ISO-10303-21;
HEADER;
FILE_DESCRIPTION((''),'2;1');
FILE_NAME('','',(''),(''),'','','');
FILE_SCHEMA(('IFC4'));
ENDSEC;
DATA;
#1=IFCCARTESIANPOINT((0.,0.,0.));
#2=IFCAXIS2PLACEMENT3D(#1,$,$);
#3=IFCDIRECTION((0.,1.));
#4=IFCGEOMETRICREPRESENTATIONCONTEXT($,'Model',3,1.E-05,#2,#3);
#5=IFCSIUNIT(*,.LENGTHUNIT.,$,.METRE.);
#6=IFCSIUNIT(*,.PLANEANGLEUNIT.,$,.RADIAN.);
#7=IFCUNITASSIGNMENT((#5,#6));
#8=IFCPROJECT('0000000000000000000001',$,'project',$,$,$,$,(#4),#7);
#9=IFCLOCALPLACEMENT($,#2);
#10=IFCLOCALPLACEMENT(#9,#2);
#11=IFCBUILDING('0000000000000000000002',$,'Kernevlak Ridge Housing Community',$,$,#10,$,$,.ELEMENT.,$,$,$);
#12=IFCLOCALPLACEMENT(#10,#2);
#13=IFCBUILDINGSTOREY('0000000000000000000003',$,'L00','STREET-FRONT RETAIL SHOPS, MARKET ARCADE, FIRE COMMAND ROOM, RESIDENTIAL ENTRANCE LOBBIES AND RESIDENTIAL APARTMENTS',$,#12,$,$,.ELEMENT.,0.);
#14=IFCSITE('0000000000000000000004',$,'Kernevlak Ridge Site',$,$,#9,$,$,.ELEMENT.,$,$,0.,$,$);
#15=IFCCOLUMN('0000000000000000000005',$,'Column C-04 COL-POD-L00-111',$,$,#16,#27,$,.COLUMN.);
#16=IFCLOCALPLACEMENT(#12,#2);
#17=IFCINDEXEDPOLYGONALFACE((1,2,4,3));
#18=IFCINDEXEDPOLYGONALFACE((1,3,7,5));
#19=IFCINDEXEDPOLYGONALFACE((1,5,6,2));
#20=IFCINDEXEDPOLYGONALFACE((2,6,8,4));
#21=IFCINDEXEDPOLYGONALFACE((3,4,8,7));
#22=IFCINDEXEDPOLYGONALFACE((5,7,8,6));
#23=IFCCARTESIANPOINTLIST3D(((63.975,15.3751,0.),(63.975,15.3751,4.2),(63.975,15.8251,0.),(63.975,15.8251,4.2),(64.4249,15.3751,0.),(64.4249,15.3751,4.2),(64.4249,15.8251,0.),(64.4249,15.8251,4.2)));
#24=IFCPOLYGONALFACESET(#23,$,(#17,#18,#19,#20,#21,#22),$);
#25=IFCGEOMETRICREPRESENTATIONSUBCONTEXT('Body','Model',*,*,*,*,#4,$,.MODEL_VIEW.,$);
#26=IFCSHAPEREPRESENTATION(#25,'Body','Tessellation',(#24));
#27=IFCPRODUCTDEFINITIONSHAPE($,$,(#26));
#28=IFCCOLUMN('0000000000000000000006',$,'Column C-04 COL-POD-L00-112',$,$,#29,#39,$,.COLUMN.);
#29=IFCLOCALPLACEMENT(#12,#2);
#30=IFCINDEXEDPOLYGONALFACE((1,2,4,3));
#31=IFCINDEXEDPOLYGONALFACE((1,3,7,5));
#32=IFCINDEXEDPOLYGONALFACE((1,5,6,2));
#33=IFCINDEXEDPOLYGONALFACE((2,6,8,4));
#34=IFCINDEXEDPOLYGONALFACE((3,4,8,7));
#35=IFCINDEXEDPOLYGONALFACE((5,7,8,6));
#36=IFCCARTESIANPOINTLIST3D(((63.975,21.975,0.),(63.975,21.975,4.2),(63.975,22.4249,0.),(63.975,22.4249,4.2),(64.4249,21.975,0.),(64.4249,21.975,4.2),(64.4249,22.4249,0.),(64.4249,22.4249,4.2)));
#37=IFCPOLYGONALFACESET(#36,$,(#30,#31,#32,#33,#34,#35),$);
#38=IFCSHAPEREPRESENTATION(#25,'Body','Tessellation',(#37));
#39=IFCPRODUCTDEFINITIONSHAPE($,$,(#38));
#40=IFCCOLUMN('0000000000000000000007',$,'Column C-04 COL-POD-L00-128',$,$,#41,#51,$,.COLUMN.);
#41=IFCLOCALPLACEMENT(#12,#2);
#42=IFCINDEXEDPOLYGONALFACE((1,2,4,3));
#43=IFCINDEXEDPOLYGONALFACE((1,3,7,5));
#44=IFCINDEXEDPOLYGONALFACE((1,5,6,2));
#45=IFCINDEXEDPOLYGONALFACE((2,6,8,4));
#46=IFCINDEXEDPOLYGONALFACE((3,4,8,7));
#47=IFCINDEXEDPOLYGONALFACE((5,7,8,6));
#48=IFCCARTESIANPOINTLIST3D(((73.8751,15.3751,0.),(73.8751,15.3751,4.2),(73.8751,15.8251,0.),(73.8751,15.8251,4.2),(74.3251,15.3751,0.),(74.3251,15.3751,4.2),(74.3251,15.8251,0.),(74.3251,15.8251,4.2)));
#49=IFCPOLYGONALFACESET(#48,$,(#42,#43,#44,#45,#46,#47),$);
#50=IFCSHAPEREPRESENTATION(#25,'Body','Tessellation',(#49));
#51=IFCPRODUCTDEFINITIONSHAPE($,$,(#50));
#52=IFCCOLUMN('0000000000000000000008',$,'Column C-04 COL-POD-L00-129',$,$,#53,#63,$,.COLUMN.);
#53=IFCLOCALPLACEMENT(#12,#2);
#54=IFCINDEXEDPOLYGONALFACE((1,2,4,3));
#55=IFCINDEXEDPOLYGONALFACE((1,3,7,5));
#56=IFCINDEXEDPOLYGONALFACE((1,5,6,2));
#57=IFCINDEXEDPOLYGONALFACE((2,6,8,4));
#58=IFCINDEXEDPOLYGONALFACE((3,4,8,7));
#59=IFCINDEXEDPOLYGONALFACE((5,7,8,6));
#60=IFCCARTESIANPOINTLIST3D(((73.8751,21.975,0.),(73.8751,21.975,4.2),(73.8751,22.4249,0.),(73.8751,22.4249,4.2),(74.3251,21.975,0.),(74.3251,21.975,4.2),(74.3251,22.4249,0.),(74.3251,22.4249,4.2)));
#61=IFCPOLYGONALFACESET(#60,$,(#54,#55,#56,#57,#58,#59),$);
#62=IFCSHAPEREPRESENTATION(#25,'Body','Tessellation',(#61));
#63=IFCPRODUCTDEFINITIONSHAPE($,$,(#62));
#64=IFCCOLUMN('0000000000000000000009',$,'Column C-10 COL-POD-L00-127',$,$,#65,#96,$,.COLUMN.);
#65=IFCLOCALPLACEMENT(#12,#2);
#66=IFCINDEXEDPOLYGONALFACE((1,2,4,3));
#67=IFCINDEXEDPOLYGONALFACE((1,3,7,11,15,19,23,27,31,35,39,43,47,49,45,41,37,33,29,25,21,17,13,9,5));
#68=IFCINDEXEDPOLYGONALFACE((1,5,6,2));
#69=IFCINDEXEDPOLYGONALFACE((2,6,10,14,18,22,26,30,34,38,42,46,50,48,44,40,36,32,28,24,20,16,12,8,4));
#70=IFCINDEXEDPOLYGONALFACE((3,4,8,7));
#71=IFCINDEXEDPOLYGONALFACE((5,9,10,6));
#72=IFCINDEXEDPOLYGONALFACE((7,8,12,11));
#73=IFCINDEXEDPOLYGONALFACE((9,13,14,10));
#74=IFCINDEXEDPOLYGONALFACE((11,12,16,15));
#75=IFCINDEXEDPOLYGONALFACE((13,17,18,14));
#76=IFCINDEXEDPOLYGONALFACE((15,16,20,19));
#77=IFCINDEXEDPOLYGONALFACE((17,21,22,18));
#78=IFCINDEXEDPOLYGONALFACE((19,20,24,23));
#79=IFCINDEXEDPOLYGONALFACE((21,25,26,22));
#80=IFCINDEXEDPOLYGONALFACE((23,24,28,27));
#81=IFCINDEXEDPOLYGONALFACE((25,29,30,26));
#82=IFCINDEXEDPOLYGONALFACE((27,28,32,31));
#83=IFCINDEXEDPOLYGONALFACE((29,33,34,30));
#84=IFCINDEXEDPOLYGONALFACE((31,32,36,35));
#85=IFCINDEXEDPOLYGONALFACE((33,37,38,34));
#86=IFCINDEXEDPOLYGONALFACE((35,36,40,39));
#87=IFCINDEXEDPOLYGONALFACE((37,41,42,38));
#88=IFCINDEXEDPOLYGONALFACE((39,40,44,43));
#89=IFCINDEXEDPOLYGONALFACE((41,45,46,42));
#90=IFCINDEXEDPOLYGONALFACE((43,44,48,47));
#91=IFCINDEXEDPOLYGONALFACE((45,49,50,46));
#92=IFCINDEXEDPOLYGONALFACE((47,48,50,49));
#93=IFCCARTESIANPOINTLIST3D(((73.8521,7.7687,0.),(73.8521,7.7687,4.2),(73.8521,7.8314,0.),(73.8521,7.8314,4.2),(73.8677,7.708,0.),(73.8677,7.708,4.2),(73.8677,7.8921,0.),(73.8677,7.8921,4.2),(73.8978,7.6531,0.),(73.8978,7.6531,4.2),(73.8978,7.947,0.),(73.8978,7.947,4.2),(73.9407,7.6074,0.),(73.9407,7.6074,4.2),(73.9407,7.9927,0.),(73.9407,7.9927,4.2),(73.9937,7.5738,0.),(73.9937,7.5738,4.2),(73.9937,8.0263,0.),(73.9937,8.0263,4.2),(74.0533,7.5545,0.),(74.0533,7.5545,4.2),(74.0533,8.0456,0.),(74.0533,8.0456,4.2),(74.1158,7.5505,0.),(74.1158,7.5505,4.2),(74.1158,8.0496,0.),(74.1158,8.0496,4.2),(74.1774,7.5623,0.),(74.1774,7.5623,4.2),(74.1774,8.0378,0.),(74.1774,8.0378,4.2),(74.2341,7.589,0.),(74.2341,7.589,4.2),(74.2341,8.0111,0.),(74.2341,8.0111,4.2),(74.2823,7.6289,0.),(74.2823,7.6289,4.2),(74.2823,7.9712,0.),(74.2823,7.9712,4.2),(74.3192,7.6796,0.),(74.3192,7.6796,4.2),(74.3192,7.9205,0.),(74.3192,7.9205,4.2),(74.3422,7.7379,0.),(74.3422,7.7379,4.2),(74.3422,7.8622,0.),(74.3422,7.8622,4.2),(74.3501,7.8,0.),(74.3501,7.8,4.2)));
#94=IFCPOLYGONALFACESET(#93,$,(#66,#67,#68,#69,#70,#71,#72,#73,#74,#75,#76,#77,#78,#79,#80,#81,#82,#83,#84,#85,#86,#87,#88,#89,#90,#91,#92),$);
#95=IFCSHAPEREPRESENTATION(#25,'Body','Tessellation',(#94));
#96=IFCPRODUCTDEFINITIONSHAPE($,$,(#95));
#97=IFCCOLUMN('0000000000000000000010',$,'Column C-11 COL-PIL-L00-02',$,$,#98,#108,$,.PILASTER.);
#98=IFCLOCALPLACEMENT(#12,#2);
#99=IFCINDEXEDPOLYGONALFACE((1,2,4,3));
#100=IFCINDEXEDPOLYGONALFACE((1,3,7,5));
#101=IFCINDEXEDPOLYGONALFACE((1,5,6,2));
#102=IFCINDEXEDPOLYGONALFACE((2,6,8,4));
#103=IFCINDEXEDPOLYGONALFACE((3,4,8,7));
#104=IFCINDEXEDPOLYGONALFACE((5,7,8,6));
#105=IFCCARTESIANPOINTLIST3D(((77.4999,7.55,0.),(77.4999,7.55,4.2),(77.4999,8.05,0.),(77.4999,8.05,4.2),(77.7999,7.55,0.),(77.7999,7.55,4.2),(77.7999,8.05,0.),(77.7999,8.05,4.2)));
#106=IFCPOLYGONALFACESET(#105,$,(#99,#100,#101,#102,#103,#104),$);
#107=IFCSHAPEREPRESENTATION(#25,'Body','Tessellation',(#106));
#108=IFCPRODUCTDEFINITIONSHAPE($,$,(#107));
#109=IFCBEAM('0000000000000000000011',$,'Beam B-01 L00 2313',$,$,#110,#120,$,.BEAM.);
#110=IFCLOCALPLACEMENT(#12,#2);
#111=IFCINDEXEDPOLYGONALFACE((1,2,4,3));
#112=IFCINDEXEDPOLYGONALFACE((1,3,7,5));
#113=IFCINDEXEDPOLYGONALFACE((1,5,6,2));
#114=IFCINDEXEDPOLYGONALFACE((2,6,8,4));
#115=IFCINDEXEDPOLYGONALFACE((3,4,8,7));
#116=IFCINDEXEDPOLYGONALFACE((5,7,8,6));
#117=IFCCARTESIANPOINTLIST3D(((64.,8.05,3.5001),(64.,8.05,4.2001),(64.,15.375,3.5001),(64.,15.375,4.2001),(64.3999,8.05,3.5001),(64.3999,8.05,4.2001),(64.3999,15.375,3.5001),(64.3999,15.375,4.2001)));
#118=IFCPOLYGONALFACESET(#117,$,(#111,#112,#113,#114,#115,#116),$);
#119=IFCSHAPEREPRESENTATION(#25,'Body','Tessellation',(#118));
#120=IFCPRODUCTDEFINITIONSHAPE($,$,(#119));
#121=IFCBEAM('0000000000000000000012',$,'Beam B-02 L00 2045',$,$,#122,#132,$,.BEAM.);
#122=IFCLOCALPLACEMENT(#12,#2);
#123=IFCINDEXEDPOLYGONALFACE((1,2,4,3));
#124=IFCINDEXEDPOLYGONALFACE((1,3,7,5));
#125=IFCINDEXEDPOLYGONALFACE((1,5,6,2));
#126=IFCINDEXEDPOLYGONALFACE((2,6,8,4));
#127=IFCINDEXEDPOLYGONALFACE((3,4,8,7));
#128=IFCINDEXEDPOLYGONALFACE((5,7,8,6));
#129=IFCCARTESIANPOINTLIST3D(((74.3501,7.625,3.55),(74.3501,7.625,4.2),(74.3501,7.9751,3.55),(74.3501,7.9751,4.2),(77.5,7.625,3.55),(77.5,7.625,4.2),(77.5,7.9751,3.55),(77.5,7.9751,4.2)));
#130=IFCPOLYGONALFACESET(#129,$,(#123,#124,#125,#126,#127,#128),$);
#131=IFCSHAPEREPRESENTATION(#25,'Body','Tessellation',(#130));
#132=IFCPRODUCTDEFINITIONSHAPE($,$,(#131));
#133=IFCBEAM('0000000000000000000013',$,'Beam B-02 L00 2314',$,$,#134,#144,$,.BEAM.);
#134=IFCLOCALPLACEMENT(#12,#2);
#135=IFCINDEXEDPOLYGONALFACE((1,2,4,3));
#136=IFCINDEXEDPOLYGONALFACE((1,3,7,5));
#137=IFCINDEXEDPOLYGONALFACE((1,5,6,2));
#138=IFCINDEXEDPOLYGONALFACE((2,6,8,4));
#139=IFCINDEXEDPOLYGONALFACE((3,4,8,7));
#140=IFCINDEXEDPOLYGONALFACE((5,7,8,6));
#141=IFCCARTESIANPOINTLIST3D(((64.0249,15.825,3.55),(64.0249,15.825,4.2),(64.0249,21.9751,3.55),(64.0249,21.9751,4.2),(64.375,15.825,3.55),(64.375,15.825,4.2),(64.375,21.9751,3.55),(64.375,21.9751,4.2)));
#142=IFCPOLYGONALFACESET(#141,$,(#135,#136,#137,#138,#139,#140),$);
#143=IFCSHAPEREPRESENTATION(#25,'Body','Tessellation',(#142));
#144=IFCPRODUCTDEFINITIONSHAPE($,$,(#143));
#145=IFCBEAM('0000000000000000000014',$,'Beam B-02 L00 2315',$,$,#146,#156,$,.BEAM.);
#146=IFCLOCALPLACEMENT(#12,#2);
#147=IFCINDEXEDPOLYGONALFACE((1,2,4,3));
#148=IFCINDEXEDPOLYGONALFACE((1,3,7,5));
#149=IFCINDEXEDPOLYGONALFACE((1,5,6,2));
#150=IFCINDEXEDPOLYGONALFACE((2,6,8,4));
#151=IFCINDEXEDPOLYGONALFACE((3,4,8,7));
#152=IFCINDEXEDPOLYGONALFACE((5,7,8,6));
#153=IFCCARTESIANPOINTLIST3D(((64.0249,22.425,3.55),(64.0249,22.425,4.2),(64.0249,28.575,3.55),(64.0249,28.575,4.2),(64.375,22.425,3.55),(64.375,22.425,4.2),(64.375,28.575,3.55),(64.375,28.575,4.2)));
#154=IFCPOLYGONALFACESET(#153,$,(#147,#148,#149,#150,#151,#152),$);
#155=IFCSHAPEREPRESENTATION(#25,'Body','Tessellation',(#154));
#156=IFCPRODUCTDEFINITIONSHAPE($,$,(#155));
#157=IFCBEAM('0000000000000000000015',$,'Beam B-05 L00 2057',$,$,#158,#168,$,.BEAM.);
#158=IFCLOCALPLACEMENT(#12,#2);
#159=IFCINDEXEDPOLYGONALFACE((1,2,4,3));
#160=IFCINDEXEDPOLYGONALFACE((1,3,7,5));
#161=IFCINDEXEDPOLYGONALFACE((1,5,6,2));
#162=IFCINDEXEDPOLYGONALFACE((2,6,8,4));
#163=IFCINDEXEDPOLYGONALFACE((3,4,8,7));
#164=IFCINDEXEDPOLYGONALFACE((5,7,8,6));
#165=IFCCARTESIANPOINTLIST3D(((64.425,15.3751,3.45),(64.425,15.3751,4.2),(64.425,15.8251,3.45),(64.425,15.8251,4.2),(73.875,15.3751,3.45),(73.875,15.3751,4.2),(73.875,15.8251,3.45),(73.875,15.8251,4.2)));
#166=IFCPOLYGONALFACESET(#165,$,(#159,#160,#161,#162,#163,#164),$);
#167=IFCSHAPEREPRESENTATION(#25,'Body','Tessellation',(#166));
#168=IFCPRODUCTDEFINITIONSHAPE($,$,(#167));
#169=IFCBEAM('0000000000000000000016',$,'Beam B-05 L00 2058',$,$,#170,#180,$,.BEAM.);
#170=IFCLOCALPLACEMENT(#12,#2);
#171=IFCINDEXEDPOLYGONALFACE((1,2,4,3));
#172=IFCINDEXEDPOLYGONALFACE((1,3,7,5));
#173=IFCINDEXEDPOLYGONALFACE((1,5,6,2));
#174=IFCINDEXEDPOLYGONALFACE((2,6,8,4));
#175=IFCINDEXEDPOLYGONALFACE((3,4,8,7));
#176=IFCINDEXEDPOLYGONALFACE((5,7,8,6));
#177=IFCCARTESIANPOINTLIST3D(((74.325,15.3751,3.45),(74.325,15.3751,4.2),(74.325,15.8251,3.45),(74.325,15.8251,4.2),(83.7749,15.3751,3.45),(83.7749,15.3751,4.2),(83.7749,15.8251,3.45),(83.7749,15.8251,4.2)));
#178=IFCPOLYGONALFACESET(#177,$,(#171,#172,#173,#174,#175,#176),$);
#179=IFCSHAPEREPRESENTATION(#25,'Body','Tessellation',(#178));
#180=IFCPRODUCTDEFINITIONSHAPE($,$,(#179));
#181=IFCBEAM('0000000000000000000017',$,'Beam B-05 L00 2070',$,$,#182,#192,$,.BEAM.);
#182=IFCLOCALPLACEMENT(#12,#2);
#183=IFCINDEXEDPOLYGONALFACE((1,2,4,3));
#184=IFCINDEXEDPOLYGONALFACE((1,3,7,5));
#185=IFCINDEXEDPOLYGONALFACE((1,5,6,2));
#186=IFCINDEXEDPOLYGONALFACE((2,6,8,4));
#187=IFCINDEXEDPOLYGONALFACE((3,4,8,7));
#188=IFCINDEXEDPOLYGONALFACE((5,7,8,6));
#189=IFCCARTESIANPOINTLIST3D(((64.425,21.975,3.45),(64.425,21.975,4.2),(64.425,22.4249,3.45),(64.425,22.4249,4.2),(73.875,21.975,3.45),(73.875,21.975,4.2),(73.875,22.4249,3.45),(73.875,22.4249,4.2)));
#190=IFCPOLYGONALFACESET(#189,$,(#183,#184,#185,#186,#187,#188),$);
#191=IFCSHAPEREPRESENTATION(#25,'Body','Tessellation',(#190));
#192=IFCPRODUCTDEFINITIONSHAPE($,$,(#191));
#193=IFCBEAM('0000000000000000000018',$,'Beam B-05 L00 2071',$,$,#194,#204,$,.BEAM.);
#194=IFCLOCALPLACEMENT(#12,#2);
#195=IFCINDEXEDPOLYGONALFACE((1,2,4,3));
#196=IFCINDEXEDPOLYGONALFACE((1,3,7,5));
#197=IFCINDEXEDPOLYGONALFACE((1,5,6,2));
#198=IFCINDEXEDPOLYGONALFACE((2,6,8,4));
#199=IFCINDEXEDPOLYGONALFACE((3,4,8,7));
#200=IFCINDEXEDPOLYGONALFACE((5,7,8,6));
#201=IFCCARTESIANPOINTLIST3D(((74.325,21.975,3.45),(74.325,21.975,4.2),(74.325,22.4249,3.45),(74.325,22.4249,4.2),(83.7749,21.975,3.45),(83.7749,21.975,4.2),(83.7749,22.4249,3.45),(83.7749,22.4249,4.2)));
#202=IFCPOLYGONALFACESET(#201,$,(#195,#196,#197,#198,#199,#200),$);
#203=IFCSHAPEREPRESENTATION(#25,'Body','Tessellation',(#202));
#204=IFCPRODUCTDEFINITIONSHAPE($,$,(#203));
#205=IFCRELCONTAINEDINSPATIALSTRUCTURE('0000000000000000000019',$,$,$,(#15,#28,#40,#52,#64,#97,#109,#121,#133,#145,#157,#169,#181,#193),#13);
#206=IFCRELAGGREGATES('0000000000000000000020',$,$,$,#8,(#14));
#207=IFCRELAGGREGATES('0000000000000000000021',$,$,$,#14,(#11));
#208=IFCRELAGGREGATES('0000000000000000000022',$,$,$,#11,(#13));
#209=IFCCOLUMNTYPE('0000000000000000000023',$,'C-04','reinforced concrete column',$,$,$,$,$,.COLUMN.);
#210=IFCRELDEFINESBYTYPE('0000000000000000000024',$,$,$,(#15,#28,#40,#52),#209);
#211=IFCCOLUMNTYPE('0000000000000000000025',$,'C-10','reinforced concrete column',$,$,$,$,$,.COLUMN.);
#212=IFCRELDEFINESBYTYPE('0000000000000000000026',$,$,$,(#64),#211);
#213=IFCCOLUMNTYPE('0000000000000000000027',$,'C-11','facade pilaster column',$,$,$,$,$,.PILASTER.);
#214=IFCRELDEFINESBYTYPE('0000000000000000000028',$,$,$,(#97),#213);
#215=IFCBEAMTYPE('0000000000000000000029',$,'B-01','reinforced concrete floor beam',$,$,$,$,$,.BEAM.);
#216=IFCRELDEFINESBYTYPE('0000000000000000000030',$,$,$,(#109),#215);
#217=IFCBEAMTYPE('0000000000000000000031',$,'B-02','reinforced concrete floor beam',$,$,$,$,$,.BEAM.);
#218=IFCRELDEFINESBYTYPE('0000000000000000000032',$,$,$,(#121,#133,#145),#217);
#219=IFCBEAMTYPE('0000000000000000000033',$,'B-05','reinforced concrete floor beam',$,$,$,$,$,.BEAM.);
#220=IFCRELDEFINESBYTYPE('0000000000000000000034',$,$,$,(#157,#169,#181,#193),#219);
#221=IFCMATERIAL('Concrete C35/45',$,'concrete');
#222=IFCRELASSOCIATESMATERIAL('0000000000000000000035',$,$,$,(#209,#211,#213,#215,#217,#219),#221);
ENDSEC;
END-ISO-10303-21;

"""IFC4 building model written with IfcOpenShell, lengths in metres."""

from ifc_helpers import new_model, si_unit, direction, frame, origin, origin_2d, place, context, subcontext, project, spatial, rectangle, circle, extrude, material, material_profile, profile_set, type_object, element, save


model = new_model("IFC4")

# Units and contexts
model_context = context("Model", 3, precision=1e-05, world=origin(), true_north=direction((0.0, 1.0)))
body_context = subcontext(model_context, "Body", "Model", "MODEL_VIEW")
ifc_project = project(units=[si_unit("LENGTHUNIT", "METRE"), si_unit("PLANEANGLEUNIT", "RADIAN")], contexts=[model_context])

# Site, building, storey
site_placement = place(None, origin())
site = spatial("IfcSite", under=ifc_project, at=site_placement, Name="Kernevlak Ridge Site", CompositionType="ELEMENT", RefElevation=0.0)
building_placement = place(site_placement, origin())
building = spatial("IfcBuilding", under=site, at=building_placement, Name="Kernevlak Ridge Housing Community", CompositionType="ELEMENT")
storey_placement = place(building_placement, origin())
storey = spatial("IfcBuildingStorey", under=building, at=storey_placement, Name="L00", Description="STREET-FRONT RETAIL SHOPS, MARKET ARCADE, FIRE COMMAND ROOM, RESIDENTIAL ENTRANCE LOBBIES AND RESIDENTIAL APARTMENTS", CompositionType="ELEMENT", Elevation=0.0)

# Columns
ifc_material_1 = material(Name="Concrete C35/45", Category="concrete")
ifc_material_profile_1 = material_profile(ifc_material_1, rectangle(XDim=0.45, YDim=0.45, at=origin_2d()), Name="RC 450x450")
ifc_profile_set_1 = profile_set([ifc_material_profile_1], Name="Concrete C35/45")
column_type_1 = type_object("IfcColumnType", Name="C-04", Description="reinforced concrete column", PredefinedType="COLUMN", material=ifc_profile_set_1)
for number, where, z_axis, x_axis, name in (
    (1, (64.2, 15.6001, 0.0), (0.0, 0.0, 1.0), (1.0, 0.0, 0.0), "Column C-04 COL-POD-L00-111"),
    (2, (64.2, 22.2, 0.0), (0.0, 0.0, 1.0), (1.0, 0.0, 0.0), "Column C-04 COL-POD-L00-112"),
    (3, (74.1001, 15.6001, 0.0), (0.0, 0.0, 1.0), (1.0, 0.0, 0.0), "Column C-04 COL-POD-L00-128"),
    (4, (74.1001, 22.2, 0.0), (0.0, 0.0, 1.0), (1.0, 0.0, 0.0), "Column C-04 COL-POD-L00-129"),
):
    element("IfcColumn", number, at=place(storey_placement, frame(where, z_axis=z_axis, x_axis=x_axis)), inside=storey, type_object=column_type_1, Name=name, PredefinedType="COLUMN", context=body_context, shape_type="SweptSolid", body=[
        extrude(rectangle(XDim=0.45, YDim=0.45, at=origin_2d()), origin(), (0.0, 0.0, 1.0), 4.2),
    ])
ifc_material_profile_2 = material_profile(ifc_material_1, circle(Radius=0.25, at=origin_2d()), Name="RC D500")
ifc_profile_set_2 = profile_set([ifc_material_profile_2], Name="Concrete C35/45")
column_type_2 = type_object("IfcColumnType", Name="C-10", Description="reinforced concrete column", PredefinedType="COLUMN", material=ifc_profile_set_2)
column_1_placement = place(storey_placement, frame((74.1001, 7.8, 0.0), z_axis=(0.0, 0.0, 1.0), x_axis=(1.0, 0.0, 0.0)))
element("IfcColumn", 5, at=column_1_placement, inside=storey, type_object=column_type_2, Name="Column C-10 COL-POD-L00-127", PredefinedType="COLUMN", context=body_context, shape_type="SweptSolid", body=[
    extrude(circle(Radius=0.25, at=origin_2d()), origin(), (0.0, 0.0, 1.0), 4.2),
])
ifc_material_profile_3 = material_profile(ifc_material_1, rectangle(XDim=0.3, YDim=0.5, at=origin_2d()), Name="RC 300x500")
ifc_profile_set_3 = profile_set([ifc_material_profile_3], Name="Concrete C35/45")
column_type_3 = type_object("IfcColumnType", Name="C-11", Description="facade pilaster column", PredefinedType="PILASTER", material=ifc_profile_set_3)
column_2_placement = place(storey_placement, frame((77.6499, 7.8, 0.0), z_axis=(0.0, 0.0, 1.0), x_axis=(1.0, 0.0, 0.0)))
element("IfcColumn", 6, at=column_2_placement, inside=storey, type_object=column_type_3, Name="Column C-11 COL-PIL-L00-02", PredefinedType="PILASTER", context=body_context, shape_type="SweptSolid", body=[
    extrude(rectangle(XDim=0.3, YDim=0.5, at=origin_2d()), origin(), (0.0, 0.0, 1.0), 4.2),
])

# Beams
ifc_material_profile_4 = material_profile(ifc_material_1, rectangle(XDim=0.3999, YDim=0.7, at=origin_2d()), Name="RC 400x700")
ifc_profile_set_4 = profile_set([ifc_material_profile_4], Name="Concrete C35/45")
beam_type_1 = type_object("IfcBeamType", Name="B-01", Description="reinforced concrete floor beam", PredefinedType="BEAM", material=ifc_profile_set_4)
beam_1_placement = place(storey_placement, frame((64.2, 8.05, 3.8501), z_axis=(0.0, 1.0, 0.0), x_axis=(-1.0, 0.0, 0.0)))
element("IfcBeam", 7, at=beam_1_placement, inside=storey, type_object=beam_type_1, Name="Beam B-01 L00 2313", PredefinedType="BEAM", context=body_context, shape_type="SweptSolid", body=[
    extrude(rectangle(XDim=0.3999, YDim=0.7, at=origin_2d()), origin(), (0.0, 0.0, 1.0), 7.325),
])
ifc_material_profile_5 = material_profile(ifc_material_1, rectangle(XDim=0.3501, YDim=0.6499, at=origin_2d()), Name="RC 350x650")
ifc_profile_set_5 = profile_set([ifc_material_profile_5], Name="Concrete C35/45")
beam_type_2 = type_object("IfcBeamType", Name="B-02", Description="reinforced concrete floor beam", PredefinedType="BEAM", material=ifc_profile_set_5)
beam_2_placement = place(storey_placement, frame((74.3501, 7.8, 3.875), z_axis=(1.0, 0.0, 0.0), x_axis=(0.0, 1.0, 0.0)))
element("IfcBeam", 8, at=beam_2_placement, inside=storey, type_object=beam_type_2, Name="Beam B-02 L00 2045", PredefinedType="BEAM", context=body_context, shape_type="SweptSolid", body=[
    extrude(rectangle(XDim=0.3501, YDim=0.6499, at=origin_2d()), origin(), (0.0, 0.0, 1.0), 3.1499),
])
beam_3_placement = place(storey_placement, frame((64.2, 15.825, 3.875), z_axis=(0.0, 1.0, 0.0), x_axis=(-1.0, 0.0, 0.0)))
element("IfcBeam", 9, at=beam_3_placement, inside=storey, type_object=beam_type_2, Name="Beam B-02 L00 2314", PredefinedType="BEAM", context=body_context, shape_type="SweptSolid", body=[
    extrude(rectangle(XDim=0.3501, YDim=0.6499, at=origin_2d()), origin(), (0.0, 0.0, 1.0), 6.1501),
])
beam_4_placement = place(storey_placement, frame((64.2, 22.425, 3.875), z_axis=(0.0, 1.0, 0.0), x_axis=(-1.0, 0.0, 0.0)))
element("IfcBeam", 10, at=beam_4_placement, inside=storey, type_object=beam_type_2, Name="Beam B-02 L00 2315", PredefinedType="BEAM", context=body_context, shape_type="SweptSolid", body=[
    extrude(rectangle(XDim=0.3501, YDim=0.6499, at=origin_2d()), origin(), (0.0, 0.0, 1.0), 6.1499),
])
ifc_material_profile_6 = material_profile(ifc_material_1, rectangle(XDim=0.45, YDim=0.75, at=origin_2d()), Name="RC 450x750")
ifc_profile_set_6 = profile_set([ifc_material_profile_6], Name="Concrete C35/45")
beam_type_3 = type_object("IfcBeamType", Name="B-05", Description="reinforced concrete floor beam", PredefinedType="BEAM", material=ifc_profile_set_6)
for number, where, z_axis, x_axis, name in (
    (11, (64.425, 15.6001, 3.825), (1.0, 0.0, 0.0), (0.0, 1.0, 0.0), "Beam B-05 L00 2057"),
    (12, (74.325, 15.6001, 3.825), (1.0, 0.0, 0.0), (0.0, 1.0, 0.0), "Beam B-05 L00 2058"),
    (13, (64.425, 22.2, 3.825), (1.0, 0.0, 0.0), (0.0, 1.0, 0.0), "Beam B-05 L00 2070"),
    (14, (74.325, 22.2, 3.825), (1.0, 0.0, 0.0), (0.0, 1.0, 0.0), "Beam B-05 L00 2071"),
):
    element("IfcBeam", number, at=place(storey_placement, frame(where, z_axis=z_axis, x_axis=x_axis)), inside=storey, type_object=beam_type_3, Name=name, PredefinedType="BEAM", context=body_context, shape_type="SweptSolid", body=[
        extrude(rectangle(XDim=0.45, YDim=0.75, at=origin_2d()), origin(), (0.0, 0.0, 1.0), 9.45),
    ])

save(model, "model.ifc")
